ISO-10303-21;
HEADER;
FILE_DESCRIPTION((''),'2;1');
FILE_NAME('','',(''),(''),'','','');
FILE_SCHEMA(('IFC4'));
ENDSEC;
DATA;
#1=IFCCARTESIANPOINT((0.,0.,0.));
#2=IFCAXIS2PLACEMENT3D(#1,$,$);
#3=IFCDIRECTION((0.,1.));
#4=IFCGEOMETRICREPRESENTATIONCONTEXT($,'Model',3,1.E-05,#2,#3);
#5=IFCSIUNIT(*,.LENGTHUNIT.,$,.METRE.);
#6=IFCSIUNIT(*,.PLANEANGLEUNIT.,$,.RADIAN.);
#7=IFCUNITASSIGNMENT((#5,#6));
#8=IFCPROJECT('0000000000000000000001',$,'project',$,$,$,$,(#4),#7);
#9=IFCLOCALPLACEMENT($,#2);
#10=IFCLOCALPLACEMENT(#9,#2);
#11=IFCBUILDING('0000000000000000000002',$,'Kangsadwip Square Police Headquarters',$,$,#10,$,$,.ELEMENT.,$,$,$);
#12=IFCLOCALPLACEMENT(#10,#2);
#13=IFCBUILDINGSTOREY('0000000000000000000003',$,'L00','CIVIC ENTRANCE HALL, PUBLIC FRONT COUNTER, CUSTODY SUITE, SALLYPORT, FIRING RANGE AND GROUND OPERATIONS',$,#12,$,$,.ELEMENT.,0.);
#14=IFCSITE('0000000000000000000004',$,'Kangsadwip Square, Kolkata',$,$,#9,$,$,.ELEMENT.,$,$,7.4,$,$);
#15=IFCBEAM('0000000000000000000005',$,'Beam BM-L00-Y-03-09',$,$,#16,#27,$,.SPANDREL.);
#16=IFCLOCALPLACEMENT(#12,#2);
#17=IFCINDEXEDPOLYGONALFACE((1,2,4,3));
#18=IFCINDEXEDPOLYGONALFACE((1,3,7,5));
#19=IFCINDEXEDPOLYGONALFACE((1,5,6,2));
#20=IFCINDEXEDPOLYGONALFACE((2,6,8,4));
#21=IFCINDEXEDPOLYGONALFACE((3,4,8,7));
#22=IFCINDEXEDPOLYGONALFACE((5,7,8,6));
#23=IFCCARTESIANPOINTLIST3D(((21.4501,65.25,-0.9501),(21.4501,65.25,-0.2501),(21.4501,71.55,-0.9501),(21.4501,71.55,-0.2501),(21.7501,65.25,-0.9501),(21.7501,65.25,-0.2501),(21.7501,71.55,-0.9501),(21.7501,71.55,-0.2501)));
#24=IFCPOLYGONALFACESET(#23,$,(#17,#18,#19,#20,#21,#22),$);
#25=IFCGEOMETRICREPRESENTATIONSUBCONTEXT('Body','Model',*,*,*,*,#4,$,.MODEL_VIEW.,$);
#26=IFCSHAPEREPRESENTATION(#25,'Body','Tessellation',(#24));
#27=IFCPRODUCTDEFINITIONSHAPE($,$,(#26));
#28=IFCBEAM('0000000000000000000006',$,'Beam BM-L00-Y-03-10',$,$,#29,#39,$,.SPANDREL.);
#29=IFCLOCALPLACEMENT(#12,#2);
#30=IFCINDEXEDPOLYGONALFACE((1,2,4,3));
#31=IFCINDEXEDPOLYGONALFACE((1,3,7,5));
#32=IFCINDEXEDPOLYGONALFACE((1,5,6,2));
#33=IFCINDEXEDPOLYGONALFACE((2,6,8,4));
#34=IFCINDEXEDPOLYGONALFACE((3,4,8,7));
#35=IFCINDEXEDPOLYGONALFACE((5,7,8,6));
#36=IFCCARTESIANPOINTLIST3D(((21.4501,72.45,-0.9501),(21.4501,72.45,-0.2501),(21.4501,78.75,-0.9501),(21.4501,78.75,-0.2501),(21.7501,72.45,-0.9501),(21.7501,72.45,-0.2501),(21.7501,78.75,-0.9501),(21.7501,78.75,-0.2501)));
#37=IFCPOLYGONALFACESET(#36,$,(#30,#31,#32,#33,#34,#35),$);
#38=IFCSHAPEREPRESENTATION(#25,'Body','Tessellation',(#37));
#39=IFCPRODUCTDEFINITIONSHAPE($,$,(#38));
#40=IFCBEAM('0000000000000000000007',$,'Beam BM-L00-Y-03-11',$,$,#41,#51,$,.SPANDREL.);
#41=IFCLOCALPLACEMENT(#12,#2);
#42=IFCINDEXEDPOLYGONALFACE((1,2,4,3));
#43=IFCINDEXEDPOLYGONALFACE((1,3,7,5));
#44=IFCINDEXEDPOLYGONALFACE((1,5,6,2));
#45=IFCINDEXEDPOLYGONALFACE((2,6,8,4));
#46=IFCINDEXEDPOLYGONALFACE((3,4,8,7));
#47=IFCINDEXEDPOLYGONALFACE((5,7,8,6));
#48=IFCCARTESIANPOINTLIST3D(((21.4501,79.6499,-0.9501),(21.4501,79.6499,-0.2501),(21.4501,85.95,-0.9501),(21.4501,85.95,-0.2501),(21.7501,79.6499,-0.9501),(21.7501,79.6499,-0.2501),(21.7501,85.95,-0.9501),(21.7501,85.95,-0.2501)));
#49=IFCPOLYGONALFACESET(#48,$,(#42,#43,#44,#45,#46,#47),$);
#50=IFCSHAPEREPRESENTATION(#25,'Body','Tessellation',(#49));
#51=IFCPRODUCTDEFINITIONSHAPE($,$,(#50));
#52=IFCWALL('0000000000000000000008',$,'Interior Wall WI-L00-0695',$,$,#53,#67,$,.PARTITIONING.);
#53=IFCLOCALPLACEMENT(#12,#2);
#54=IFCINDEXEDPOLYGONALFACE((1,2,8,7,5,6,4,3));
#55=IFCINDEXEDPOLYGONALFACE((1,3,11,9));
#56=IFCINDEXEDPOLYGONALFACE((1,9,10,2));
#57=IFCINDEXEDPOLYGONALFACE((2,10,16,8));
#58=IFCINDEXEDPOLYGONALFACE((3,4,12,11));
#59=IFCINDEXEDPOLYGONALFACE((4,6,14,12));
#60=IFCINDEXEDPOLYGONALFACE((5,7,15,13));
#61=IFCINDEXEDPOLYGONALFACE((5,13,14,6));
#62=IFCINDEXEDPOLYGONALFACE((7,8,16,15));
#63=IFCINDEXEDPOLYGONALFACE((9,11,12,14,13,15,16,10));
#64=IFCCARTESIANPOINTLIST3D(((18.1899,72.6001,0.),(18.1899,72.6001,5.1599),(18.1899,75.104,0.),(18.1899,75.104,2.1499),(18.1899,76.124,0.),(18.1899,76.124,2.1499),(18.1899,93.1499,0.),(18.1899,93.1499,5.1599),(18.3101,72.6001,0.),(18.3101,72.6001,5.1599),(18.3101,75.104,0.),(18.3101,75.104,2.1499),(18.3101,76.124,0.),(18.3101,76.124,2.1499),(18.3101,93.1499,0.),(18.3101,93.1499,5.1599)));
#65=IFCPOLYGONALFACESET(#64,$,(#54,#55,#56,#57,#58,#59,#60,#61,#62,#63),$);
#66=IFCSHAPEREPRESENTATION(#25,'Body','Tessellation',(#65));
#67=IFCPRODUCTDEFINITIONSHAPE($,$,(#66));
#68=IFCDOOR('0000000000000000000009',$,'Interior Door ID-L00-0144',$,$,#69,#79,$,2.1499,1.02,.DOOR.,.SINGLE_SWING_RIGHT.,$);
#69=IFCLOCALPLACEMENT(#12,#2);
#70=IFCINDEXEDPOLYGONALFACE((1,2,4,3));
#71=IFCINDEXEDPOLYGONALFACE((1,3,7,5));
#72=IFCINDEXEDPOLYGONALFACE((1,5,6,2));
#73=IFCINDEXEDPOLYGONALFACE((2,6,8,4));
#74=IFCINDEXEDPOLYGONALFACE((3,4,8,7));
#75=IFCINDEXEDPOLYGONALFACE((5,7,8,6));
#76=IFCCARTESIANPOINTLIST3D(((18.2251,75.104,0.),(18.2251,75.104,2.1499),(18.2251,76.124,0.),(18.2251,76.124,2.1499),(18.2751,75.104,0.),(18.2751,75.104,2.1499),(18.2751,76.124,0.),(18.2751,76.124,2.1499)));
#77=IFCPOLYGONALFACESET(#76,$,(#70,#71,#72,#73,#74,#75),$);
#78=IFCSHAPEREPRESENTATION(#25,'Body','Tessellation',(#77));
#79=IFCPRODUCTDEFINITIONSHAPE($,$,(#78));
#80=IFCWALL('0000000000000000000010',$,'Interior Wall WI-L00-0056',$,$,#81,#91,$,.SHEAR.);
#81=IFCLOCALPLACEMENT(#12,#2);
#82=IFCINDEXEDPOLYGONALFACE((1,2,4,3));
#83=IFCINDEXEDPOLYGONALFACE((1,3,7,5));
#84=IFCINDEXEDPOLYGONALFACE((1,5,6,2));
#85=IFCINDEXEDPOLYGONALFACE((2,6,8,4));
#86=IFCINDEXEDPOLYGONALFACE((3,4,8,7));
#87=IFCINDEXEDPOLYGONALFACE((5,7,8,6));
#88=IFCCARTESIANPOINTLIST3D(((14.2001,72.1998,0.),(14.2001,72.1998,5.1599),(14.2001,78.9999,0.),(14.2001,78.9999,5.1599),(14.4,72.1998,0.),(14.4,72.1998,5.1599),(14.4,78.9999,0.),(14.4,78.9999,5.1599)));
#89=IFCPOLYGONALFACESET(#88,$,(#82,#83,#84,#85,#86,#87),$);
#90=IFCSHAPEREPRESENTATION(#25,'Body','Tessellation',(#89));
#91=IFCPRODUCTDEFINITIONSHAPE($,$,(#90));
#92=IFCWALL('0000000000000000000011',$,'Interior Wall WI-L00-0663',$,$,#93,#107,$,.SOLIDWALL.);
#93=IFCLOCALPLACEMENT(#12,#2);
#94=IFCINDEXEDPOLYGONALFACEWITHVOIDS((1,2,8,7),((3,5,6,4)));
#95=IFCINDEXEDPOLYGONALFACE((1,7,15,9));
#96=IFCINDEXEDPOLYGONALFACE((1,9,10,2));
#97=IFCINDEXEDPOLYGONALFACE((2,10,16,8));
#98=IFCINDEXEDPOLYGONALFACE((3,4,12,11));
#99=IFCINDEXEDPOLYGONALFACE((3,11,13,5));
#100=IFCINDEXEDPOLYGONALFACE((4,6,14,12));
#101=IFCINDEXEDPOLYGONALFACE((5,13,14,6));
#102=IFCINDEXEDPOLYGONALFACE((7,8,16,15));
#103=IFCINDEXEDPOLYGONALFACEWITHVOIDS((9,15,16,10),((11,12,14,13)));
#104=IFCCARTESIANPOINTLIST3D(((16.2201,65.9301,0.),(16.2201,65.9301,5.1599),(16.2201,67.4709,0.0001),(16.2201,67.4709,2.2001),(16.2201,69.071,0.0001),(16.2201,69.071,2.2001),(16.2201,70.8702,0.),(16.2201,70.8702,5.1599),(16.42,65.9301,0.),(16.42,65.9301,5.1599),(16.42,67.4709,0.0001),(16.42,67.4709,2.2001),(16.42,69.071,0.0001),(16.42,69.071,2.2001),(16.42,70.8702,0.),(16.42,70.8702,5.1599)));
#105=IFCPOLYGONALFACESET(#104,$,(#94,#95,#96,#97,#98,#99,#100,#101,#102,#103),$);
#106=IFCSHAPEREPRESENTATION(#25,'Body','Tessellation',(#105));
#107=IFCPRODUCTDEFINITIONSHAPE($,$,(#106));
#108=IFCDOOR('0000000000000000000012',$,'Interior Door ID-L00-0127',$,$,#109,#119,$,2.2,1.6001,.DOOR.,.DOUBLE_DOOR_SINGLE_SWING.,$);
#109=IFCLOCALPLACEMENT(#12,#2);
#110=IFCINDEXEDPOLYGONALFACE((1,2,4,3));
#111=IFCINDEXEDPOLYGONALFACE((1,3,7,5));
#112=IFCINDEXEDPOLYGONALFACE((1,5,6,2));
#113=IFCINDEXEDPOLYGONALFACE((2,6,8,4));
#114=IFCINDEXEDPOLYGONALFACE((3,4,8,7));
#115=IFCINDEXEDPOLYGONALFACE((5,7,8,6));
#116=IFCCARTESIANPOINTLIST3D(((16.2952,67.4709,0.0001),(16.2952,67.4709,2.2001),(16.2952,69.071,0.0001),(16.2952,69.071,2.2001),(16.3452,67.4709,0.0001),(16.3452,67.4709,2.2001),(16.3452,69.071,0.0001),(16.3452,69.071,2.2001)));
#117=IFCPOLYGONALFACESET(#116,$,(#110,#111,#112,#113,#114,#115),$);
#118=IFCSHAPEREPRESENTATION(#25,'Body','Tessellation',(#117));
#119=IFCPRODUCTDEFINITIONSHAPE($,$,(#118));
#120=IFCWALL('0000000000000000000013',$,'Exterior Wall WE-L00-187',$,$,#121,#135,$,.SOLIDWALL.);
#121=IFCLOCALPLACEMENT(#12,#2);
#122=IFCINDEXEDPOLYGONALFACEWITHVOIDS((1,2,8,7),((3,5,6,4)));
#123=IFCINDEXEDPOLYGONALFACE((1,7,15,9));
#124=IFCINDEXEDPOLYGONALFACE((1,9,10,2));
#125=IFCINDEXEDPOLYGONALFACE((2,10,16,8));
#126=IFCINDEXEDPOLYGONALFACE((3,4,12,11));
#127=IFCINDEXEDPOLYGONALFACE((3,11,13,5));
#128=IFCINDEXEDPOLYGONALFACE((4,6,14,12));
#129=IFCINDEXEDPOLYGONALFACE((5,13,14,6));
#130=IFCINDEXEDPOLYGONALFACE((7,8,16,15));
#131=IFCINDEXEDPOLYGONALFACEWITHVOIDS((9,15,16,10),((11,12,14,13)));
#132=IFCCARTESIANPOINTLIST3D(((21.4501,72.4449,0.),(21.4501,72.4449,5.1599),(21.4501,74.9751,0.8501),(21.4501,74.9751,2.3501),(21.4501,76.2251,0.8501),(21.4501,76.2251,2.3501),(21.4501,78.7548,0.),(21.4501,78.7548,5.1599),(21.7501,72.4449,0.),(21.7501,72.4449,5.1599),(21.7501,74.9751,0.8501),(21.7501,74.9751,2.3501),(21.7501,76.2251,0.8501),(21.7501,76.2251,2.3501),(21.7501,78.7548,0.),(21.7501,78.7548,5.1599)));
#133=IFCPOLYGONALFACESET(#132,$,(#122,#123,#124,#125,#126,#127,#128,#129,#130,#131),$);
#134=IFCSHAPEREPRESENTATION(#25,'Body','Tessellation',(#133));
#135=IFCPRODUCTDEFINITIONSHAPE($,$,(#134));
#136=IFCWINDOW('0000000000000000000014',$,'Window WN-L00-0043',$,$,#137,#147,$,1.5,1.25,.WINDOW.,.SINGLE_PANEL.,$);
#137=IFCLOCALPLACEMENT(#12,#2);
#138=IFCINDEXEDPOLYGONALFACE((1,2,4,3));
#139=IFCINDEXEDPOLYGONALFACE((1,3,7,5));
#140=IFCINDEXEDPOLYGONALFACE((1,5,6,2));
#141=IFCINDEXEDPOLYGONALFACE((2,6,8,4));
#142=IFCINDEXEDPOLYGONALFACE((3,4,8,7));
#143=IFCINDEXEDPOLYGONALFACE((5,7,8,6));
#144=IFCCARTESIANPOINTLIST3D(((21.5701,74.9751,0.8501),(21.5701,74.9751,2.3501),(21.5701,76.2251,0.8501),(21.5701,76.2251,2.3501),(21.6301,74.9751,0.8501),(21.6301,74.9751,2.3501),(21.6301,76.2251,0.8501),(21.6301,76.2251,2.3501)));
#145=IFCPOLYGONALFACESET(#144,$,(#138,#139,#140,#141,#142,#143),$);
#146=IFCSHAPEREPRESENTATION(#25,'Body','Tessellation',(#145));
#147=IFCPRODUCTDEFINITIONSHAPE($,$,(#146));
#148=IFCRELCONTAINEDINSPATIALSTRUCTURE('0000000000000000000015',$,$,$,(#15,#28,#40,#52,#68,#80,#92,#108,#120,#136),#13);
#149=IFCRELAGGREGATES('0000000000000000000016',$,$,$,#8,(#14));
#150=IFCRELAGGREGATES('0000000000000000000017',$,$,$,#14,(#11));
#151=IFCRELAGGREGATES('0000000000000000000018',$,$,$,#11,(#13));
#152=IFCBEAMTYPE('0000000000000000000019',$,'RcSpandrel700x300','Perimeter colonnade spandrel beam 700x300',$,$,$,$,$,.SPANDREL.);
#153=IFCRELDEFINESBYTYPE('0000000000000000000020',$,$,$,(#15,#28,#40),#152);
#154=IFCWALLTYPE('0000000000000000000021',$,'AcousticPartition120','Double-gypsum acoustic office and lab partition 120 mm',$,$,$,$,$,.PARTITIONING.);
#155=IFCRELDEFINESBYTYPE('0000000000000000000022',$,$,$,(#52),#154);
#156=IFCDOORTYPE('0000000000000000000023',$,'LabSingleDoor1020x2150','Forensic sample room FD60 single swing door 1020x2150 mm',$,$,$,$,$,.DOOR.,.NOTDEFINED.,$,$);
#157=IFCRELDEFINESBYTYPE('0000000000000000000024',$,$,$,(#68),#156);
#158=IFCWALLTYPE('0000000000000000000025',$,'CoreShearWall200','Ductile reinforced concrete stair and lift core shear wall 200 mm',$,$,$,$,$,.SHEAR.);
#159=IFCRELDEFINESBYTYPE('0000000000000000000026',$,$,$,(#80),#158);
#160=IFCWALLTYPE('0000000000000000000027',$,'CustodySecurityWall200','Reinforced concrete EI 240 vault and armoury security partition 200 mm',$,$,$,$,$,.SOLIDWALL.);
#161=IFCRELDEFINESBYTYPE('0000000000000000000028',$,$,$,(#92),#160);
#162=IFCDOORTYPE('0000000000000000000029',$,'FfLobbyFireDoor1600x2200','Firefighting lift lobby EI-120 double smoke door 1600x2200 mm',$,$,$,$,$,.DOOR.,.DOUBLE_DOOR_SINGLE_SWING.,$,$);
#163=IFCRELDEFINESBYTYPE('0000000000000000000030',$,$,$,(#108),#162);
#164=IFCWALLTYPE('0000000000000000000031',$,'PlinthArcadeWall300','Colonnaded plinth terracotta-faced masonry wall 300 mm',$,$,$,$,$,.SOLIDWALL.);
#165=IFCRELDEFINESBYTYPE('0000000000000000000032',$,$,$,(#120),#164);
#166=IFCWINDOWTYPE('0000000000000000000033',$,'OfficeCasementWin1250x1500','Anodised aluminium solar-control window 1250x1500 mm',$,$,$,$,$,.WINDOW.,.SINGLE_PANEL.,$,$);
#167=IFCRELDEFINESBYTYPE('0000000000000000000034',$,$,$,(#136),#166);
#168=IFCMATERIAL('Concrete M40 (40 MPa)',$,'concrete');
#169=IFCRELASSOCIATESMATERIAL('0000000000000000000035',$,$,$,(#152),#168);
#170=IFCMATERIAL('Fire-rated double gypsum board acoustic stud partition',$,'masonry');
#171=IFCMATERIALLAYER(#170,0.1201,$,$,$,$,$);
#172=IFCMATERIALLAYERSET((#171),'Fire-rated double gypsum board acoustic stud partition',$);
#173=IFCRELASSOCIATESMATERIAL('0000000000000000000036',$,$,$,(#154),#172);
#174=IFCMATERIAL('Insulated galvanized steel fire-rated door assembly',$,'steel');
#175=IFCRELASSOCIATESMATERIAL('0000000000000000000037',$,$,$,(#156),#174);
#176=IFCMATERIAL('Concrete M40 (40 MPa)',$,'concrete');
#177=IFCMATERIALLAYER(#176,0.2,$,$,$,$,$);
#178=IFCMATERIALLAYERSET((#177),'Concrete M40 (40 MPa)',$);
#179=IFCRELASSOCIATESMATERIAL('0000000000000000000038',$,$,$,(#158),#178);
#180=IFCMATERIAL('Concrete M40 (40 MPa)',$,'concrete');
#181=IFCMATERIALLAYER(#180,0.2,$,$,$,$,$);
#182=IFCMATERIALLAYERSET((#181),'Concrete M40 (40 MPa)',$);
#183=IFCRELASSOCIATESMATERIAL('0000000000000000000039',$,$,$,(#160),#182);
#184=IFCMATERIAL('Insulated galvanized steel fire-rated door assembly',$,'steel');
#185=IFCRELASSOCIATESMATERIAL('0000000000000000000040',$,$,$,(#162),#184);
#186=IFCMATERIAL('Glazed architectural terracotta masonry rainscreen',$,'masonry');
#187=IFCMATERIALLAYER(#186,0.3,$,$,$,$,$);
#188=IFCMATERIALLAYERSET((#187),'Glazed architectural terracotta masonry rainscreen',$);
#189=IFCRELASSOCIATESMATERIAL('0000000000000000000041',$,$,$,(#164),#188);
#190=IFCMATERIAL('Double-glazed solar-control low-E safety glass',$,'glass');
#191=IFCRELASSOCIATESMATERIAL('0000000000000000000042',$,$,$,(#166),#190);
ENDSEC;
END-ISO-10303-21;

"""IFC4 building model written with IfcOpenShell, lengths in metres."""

from ifc_helpers import new_model, si_unit, direction, frame, frame_2d, origin, origin_2d, place, context, subcontext, project, spatial, rectangle, extrude, material, layer, layer_set, material_profile, profile_set, type_object, element, fill, save


model = new_model("IFC4")

# Units and contexts
model_context = context("Model", 3, precision=1e-05, world=origin(), true_north=direction((0.0, 1.0)))
body_context = subcontext(model_context, "Body", "Model", "MODEL_VIEW")
ifc_project = project(units=[si_unit("LENGTHUNIT", "METRE"), si_unit("PLANEANGLEUNIT", "RADIAN")], contexts=[model_context])

# Site, building, storey
site_placement = place(None, origin())
site = spatial("IfcSite", under=ifc_project, at=site_placement, Name="Kangsadwip Square, Kolkata", CompositionType="ELEMENT", RefElevation=7.4)
building_placement = place(site_placement, origin())
building = spatial("IfcBuilding", under=site, at=building_placement, Name="Kangsadwip Square Police Headquarters", CompositionType="ELEMENT")
storey_placement = place(building_placement, origin())
storey = spatial("IfcBuildingStorey", under=building, at=storey_placement, Name="L00", Description="CIVIC ENTRANCE HALL, PUBLIC FRONT COUNTER, CUSTODY SUITE, SALLYPORT, FIRING RANGE AND GROUND OPERATIONS", CompositionType="ELEMENT", Elevation=0.0)

# Beams
ifc_material_1 = material(Name="Concrete M40 (40 MPa)", Category="concrete")
ifc_material_profile_1 = material_profile(ifc_material_1, rectangle(XDim=0.3, YDim=0.7, at=origin_2d()), Name="RC SPN 700X300")
ifc_profile_set_1 = profile_set([ifc_material_profile_1], Name="Concrete M40 (40 MPa)")
beam_type_1 = type_object("IfcBeamType", Name="RcSpandrel700x300", Description="Perimeter colonnade spandrel beam 700x300", PredefinedType="SPANDREL", material=ifc_profile_set_1)
for number, where, z_axis, x_axis, name in (
    (1, (21.6001, 65.25, -0.6001), (0.0, 1.0, 0.0), (-1.0, 0.0, 0.0), "Beam BM-L00-Y-03-09"),
    (2, (21.6001, 72.45, -0.6001), (0.0, 1.0, 0.0), (-1.0, 0.0, 0.0), "Beam BM-L00-Y-03-10"),
    (3, (21.6001, 79.6499, -0.6001), (0.0, 1.0, 0.0), (-1.0, 0.0, 0.0), "Beam BM-L00-Y-03-11"),
):
    element("IfcBeam", number, at=place(storey_placement, frame(where, z_axis=z_axis, x_axis=x_axis)), inside=storey, type_object=beam_type_1, Name=name, PredefinedType="SPANDREL", context=body_context, shape_type="SweptSolid", body=[
        extrude(rectangle(XDim=0.3, YDim=0.7, at=origin_2d()), origin(), (0.0, 0.0, 1.0), 6.3),
    ])

# Wall, opening, door
ifc_material_2 = material(Name="Fire-rated double gypsum board acoustic stud partition", Category="masonry")
ifc_layer_1 = layer(ifc_material_2, 0.1201)
ifc_layer_set_1 = layer_set([ifc_layer_1], Name="Fire-rated double gypsum board acoustic stud partition")
wall_type_1 = type_object("IfcWallType", Name="AcousticPartition120", Description="Double-gypsum acoustic office and lab partition 120 mm", PredefinedType="PARTITIONING", material=ifc_layer_set_1)
wall_1_placement = place(storey_placement, frame((18.25, 72.6001, 0.0), z_axis=(0.0, 0.0, 1.0), x_axis=(0.0, 1.0, 0.0)))
wall_1 = element("IfcWall", 4, at=wall_1_placement, inside=storey, type_object=wall_type_1, Name="Interior Wall WI-L00-0695", PredefinedType="PARTITIONING", context=body_context, shape_type="SweptSolid", body=[
    extrude(rectangle(XDim=20.5498, YDim=0.1201, at=frame_2d((10.2749, 0.0))), origin(), (0.0, 0.0, 1.0), 5.1599),
])
opening_1_placement = place(wall_1_placement, frame((2.5039, 0.0, 0.0)))
opening_1 = element("IfcOpeningElement", 5, at=opening_1_placement, cuts=wall_1, PredefinedType="OPENING", context=body_context, shape_type="SweptSolid", body=[
    extrude(rectangle(XDim=1.02, YDim=2.1499, at=frame_2d((0.51, 1.075))), frame((0.0, 0.0701, 0.0), z_axis=(0.0, -1.0, 0.0), x_axis=(1.0, 0.0, 0.0)), (0.0, 0.0, 1.0), 0.1401),
])
ifc_material_3 = material(Name="Insulated galvanized steel fire-rated door assembly", Category="steel")
door_type_1 = type_object("IfcDoorType", Name="LabSingleDoor1020x2150", Description="Forensic sample room FD60 single swing door 1020x2150 mm", OperationType="NOTDEFINED", PredefinedType="DOOR", material=ifc_material_3)
door_1_placement = place(opening_1_placement, origin())
door_1 = element("IfcDoor", 6, at=door_1_placement, inside=storey, type_object=door_type_1, Name="Interior Door ID-L00-0144", OperationType="SINGLE_SWING_RIGHT", OverallHeight=2.1499, OverallWidth=1.02, PredefinedType="DOOR", context=body_context, shape_type="SweptSolid", body=[
    extrude(rectangle(XDim=1.02, YDim=2.1499, at=frame_2d((0.51, 1.075))), frame((0.0, 0.0249, 0.0), z_axis=(0.0, -1.0, 0.0), x_axis=(1.0, 0.0, 0.0)), (0.0, 0.0, 1.0), 0.05),
])
fill(opening_1, door_1)

# Wall
ifc_material_4 = material(Name="Concrete M40 (40 MPa)", Category="concrete")
ifc_layer_2 = layer(ifc_material_4, 0.2)
ifc_layer_set_2 = layer_set([ifc_layer_2], Name="Concrete M40 (40 MPa)")
wall_type_2 = type_object("IfcWallType", Name="CoreShearWall200", Description="Ductile reinforced concrete stair and lift core shear wall 200 mm", PredefinedType="SHEAR", material=ifc_layer_set_2)
wall_2_placement = place(storey_placement, frame((14.3, 72.2, 0.0), z_axis=(0.0, 0.0, 1.0), x_axis=(0.0, 1.0, 0.0)))
element("IfcWall", 7, at=wall_2_placement, inside=storey, type_object=wall_type_2, Name="Interior Wall WI-L00-0056", PredefinedType="SHEAR", context=body_context, shape_type="SweptSolid", body=[
    extrude(rectangle(XDim=6.8, YDim=0.2, at=frame_2d((3.3999, 0.0))), origin(), (0.0, 0.0, 1.0), 5.1599),
])

# Wall, opening, door
ifc_material_5 = material(Name="Concrete M40 (40 MPa)", Category="concrete")
ifc_layer_3 = layer(ifc_material_5, 0.2)
ifc_layer_set_3 = layer_set([ifc_layer_3], Name="Concrete M40 (40 MPa)")
wall_type_3 = type_object("IfcWallType", Name="CustodySecurityWall200", Description="Reinforced concrete EI 240 vault and armoury security partition 200 mm", PredefinedType="SOLIDWALL", material=ifc_layer_set_3)
wall_3_placement = place(storey_placement, frame((16.3201, 65.9299, 0.0), z_axis=(0.0, 0.0, 1.0), x_axis=(0.0, 1.0, 0.0)))
wall_3 = element("IfcWall", 8, at=wall_3_placement, inside=storey, type_object=wall_type_3, Name="Interior Wall WI-L00-0663", PredefinedType="SOLIDWALL", context=body_context, shape_type="SweptSolid", body=[
    extrude(rectangle(XDim=4.9402, YDim=0.2, at=frame_2d((2.4702, 0.0))), origin(), (0.0, 0.0, 1.0), 5.1599),
])
opening_2_placement = place(wall_3_placement, frame((1.541, 0.0, 0.0)))
opening_2 = element("IfcOpeningElement", 9, at=opening_2_placement, cuts=wall_3, PredefinedType="OPENING", context=body_context, shape_type="SweptSolid", body=[
    extrude(rectangle(XDim=1.6001, YDim=2.2, at=frame_2d((0.8, 1.1001))), frame((0.0, 0.1099, 0.0), z_axis=(0.0, -1.0, 0.0), x_axis=(1.0, 0.0, 0.0)), (0.0, 0.0, 1.0), 0.22),
])
ifc_material_6 = material(Name="Insulated galvanized steel fire-rated door assembly", Category="steel")
door_type_2 = type_object("IfcDoorType", Name="FfLobbyFireDoor1600x2200", Description="Firefighting lift lobby EI-120 double smoke door 1600x2200 mm", OperationType="DOUBLE_DOOR_SINGLE_SWING", PredefinedType="DOOR", material=ifc_material_6)
door_2_placement = place(opening_2_placement, origin())
door_2 = element("IfcDoor", 10, at=door_2_placement, inside=storey, type_object=door_type_2, Name="Interior Door ID-L00-0127", OperationType="DOUBLE_DOOR_SINGLE_SWING", OverallHeight=2.2, OverallWidth=1.6001, PredefinedType="DOOR", context=body_context, shape_type="SweptSolid", body=[
    extrude(rectangle(XDim=1.6001, YDim=2.2, at=frame_2d((0.8, 1.1001))), frame((0.0, 0.0249, 0.0), z_axis=(0.0, -1.0, 0.0), x_axis=(1.0, 0.0, 0.0)), (0.0, 0.0, 1.0), 0.05),
])
fill(opening_2, door_2)

# Wall, opening, window
ifc_material_7 = material(Name="Glazed architectural terracotta masonry rainscreen", Category="masonry")
ifc_layer_4 = layer(ifc_material_7, 0.3)
ifc_layer_set_4 = layer_set([ifc_layer_4], Name="Glazed architectural terracotta masonry rainscreen")
wall_type_4 = type_object("IfcWallType", Name="PlinthArcadeWall300", Description="Colonnaded plinth terracotta-faced masonry wall 300 mm", PredefinedType="SOLIDWALL", material=ifc_layer_set_4)
wall_4_placement = place(storey_placement, frame((21.6001, 72.4451, 0.0), z_axis=(0.0, 0.0, 1.0), x_axis=(0.0, 1.0, 0.0)))
wall_4 = element("IfcWall", 11, at=wall_4_placement, inside=storey, type_object=wall_type_4, Name="Exterior Wall WE-L00-187", PredefinedType="SOLIDWALL", context=body_context, shape_type="SweptSolid", body=[
    extrude(rectangle(XDim=6.3098, YDim=0.3, at=frame_2d((3.1548, 0.0))), origin(), (0.0, 0.0, 1.0), 5.1599),
])
opening_3_placement = place(wall_4_placement, frame((2.53, 0.0, 0.8501)))
opening_3 = element("IfcOpeningElement", 12, at=opening_3_placement, cuts=wall_4, PredefinedType="OPENING", context=body_context, shape_type="SweptSolid", body=[
    extrude(rectangle(XDim=1.25, YDim=1.5, at=frame_2d((0.625, 0.75))), frame((0.0, 0.1599, 0.0), z_axis=(0.0, -1.0, 0.0), x_axis=(1.0, 0.0, 0.0)), (0.0, 0.0, 1.0), 0.3201),
])
ifc_material_8 = material(Name="Double-glazed solar-control low-E safety glass", Category="glass")
window_type = type_object("IfcWindowType", Name="OfficeCasementWin1250x1500", Description="Anodised aluminium solar-control window 1250x1500 mm", PartitioningType="SINGLE_PANEL", PredefinedType="WINDOW", material=ifc_material_8)
window_placement = place(opening_3_placement, origin())
window = element("IfcWindow", 13, at=window_placement, inside=storey, type_object=window_type, Name="Window WN-L00-0043", OverallHeight=1.5, OverallWidth=1.25, PartitioningType="SINGLE_PANEL", PredefinedType="WINDOW", context=body_context, shape_type="SweptSolid", body=[
    extrude(rectangle(XDim=1.25, YDim=1.5, at=frame_2d((0.625, 0.75))), frame((0.0, 0.03, 0.0), z_axis=(0.0, -1.0, 0.0), x_axis=(1.0, 0.0, 0.0)), (0.0, 0.0, 1.0), 0.0601),
])
fill(opening_3, window)

save(model, "model.ifc")
